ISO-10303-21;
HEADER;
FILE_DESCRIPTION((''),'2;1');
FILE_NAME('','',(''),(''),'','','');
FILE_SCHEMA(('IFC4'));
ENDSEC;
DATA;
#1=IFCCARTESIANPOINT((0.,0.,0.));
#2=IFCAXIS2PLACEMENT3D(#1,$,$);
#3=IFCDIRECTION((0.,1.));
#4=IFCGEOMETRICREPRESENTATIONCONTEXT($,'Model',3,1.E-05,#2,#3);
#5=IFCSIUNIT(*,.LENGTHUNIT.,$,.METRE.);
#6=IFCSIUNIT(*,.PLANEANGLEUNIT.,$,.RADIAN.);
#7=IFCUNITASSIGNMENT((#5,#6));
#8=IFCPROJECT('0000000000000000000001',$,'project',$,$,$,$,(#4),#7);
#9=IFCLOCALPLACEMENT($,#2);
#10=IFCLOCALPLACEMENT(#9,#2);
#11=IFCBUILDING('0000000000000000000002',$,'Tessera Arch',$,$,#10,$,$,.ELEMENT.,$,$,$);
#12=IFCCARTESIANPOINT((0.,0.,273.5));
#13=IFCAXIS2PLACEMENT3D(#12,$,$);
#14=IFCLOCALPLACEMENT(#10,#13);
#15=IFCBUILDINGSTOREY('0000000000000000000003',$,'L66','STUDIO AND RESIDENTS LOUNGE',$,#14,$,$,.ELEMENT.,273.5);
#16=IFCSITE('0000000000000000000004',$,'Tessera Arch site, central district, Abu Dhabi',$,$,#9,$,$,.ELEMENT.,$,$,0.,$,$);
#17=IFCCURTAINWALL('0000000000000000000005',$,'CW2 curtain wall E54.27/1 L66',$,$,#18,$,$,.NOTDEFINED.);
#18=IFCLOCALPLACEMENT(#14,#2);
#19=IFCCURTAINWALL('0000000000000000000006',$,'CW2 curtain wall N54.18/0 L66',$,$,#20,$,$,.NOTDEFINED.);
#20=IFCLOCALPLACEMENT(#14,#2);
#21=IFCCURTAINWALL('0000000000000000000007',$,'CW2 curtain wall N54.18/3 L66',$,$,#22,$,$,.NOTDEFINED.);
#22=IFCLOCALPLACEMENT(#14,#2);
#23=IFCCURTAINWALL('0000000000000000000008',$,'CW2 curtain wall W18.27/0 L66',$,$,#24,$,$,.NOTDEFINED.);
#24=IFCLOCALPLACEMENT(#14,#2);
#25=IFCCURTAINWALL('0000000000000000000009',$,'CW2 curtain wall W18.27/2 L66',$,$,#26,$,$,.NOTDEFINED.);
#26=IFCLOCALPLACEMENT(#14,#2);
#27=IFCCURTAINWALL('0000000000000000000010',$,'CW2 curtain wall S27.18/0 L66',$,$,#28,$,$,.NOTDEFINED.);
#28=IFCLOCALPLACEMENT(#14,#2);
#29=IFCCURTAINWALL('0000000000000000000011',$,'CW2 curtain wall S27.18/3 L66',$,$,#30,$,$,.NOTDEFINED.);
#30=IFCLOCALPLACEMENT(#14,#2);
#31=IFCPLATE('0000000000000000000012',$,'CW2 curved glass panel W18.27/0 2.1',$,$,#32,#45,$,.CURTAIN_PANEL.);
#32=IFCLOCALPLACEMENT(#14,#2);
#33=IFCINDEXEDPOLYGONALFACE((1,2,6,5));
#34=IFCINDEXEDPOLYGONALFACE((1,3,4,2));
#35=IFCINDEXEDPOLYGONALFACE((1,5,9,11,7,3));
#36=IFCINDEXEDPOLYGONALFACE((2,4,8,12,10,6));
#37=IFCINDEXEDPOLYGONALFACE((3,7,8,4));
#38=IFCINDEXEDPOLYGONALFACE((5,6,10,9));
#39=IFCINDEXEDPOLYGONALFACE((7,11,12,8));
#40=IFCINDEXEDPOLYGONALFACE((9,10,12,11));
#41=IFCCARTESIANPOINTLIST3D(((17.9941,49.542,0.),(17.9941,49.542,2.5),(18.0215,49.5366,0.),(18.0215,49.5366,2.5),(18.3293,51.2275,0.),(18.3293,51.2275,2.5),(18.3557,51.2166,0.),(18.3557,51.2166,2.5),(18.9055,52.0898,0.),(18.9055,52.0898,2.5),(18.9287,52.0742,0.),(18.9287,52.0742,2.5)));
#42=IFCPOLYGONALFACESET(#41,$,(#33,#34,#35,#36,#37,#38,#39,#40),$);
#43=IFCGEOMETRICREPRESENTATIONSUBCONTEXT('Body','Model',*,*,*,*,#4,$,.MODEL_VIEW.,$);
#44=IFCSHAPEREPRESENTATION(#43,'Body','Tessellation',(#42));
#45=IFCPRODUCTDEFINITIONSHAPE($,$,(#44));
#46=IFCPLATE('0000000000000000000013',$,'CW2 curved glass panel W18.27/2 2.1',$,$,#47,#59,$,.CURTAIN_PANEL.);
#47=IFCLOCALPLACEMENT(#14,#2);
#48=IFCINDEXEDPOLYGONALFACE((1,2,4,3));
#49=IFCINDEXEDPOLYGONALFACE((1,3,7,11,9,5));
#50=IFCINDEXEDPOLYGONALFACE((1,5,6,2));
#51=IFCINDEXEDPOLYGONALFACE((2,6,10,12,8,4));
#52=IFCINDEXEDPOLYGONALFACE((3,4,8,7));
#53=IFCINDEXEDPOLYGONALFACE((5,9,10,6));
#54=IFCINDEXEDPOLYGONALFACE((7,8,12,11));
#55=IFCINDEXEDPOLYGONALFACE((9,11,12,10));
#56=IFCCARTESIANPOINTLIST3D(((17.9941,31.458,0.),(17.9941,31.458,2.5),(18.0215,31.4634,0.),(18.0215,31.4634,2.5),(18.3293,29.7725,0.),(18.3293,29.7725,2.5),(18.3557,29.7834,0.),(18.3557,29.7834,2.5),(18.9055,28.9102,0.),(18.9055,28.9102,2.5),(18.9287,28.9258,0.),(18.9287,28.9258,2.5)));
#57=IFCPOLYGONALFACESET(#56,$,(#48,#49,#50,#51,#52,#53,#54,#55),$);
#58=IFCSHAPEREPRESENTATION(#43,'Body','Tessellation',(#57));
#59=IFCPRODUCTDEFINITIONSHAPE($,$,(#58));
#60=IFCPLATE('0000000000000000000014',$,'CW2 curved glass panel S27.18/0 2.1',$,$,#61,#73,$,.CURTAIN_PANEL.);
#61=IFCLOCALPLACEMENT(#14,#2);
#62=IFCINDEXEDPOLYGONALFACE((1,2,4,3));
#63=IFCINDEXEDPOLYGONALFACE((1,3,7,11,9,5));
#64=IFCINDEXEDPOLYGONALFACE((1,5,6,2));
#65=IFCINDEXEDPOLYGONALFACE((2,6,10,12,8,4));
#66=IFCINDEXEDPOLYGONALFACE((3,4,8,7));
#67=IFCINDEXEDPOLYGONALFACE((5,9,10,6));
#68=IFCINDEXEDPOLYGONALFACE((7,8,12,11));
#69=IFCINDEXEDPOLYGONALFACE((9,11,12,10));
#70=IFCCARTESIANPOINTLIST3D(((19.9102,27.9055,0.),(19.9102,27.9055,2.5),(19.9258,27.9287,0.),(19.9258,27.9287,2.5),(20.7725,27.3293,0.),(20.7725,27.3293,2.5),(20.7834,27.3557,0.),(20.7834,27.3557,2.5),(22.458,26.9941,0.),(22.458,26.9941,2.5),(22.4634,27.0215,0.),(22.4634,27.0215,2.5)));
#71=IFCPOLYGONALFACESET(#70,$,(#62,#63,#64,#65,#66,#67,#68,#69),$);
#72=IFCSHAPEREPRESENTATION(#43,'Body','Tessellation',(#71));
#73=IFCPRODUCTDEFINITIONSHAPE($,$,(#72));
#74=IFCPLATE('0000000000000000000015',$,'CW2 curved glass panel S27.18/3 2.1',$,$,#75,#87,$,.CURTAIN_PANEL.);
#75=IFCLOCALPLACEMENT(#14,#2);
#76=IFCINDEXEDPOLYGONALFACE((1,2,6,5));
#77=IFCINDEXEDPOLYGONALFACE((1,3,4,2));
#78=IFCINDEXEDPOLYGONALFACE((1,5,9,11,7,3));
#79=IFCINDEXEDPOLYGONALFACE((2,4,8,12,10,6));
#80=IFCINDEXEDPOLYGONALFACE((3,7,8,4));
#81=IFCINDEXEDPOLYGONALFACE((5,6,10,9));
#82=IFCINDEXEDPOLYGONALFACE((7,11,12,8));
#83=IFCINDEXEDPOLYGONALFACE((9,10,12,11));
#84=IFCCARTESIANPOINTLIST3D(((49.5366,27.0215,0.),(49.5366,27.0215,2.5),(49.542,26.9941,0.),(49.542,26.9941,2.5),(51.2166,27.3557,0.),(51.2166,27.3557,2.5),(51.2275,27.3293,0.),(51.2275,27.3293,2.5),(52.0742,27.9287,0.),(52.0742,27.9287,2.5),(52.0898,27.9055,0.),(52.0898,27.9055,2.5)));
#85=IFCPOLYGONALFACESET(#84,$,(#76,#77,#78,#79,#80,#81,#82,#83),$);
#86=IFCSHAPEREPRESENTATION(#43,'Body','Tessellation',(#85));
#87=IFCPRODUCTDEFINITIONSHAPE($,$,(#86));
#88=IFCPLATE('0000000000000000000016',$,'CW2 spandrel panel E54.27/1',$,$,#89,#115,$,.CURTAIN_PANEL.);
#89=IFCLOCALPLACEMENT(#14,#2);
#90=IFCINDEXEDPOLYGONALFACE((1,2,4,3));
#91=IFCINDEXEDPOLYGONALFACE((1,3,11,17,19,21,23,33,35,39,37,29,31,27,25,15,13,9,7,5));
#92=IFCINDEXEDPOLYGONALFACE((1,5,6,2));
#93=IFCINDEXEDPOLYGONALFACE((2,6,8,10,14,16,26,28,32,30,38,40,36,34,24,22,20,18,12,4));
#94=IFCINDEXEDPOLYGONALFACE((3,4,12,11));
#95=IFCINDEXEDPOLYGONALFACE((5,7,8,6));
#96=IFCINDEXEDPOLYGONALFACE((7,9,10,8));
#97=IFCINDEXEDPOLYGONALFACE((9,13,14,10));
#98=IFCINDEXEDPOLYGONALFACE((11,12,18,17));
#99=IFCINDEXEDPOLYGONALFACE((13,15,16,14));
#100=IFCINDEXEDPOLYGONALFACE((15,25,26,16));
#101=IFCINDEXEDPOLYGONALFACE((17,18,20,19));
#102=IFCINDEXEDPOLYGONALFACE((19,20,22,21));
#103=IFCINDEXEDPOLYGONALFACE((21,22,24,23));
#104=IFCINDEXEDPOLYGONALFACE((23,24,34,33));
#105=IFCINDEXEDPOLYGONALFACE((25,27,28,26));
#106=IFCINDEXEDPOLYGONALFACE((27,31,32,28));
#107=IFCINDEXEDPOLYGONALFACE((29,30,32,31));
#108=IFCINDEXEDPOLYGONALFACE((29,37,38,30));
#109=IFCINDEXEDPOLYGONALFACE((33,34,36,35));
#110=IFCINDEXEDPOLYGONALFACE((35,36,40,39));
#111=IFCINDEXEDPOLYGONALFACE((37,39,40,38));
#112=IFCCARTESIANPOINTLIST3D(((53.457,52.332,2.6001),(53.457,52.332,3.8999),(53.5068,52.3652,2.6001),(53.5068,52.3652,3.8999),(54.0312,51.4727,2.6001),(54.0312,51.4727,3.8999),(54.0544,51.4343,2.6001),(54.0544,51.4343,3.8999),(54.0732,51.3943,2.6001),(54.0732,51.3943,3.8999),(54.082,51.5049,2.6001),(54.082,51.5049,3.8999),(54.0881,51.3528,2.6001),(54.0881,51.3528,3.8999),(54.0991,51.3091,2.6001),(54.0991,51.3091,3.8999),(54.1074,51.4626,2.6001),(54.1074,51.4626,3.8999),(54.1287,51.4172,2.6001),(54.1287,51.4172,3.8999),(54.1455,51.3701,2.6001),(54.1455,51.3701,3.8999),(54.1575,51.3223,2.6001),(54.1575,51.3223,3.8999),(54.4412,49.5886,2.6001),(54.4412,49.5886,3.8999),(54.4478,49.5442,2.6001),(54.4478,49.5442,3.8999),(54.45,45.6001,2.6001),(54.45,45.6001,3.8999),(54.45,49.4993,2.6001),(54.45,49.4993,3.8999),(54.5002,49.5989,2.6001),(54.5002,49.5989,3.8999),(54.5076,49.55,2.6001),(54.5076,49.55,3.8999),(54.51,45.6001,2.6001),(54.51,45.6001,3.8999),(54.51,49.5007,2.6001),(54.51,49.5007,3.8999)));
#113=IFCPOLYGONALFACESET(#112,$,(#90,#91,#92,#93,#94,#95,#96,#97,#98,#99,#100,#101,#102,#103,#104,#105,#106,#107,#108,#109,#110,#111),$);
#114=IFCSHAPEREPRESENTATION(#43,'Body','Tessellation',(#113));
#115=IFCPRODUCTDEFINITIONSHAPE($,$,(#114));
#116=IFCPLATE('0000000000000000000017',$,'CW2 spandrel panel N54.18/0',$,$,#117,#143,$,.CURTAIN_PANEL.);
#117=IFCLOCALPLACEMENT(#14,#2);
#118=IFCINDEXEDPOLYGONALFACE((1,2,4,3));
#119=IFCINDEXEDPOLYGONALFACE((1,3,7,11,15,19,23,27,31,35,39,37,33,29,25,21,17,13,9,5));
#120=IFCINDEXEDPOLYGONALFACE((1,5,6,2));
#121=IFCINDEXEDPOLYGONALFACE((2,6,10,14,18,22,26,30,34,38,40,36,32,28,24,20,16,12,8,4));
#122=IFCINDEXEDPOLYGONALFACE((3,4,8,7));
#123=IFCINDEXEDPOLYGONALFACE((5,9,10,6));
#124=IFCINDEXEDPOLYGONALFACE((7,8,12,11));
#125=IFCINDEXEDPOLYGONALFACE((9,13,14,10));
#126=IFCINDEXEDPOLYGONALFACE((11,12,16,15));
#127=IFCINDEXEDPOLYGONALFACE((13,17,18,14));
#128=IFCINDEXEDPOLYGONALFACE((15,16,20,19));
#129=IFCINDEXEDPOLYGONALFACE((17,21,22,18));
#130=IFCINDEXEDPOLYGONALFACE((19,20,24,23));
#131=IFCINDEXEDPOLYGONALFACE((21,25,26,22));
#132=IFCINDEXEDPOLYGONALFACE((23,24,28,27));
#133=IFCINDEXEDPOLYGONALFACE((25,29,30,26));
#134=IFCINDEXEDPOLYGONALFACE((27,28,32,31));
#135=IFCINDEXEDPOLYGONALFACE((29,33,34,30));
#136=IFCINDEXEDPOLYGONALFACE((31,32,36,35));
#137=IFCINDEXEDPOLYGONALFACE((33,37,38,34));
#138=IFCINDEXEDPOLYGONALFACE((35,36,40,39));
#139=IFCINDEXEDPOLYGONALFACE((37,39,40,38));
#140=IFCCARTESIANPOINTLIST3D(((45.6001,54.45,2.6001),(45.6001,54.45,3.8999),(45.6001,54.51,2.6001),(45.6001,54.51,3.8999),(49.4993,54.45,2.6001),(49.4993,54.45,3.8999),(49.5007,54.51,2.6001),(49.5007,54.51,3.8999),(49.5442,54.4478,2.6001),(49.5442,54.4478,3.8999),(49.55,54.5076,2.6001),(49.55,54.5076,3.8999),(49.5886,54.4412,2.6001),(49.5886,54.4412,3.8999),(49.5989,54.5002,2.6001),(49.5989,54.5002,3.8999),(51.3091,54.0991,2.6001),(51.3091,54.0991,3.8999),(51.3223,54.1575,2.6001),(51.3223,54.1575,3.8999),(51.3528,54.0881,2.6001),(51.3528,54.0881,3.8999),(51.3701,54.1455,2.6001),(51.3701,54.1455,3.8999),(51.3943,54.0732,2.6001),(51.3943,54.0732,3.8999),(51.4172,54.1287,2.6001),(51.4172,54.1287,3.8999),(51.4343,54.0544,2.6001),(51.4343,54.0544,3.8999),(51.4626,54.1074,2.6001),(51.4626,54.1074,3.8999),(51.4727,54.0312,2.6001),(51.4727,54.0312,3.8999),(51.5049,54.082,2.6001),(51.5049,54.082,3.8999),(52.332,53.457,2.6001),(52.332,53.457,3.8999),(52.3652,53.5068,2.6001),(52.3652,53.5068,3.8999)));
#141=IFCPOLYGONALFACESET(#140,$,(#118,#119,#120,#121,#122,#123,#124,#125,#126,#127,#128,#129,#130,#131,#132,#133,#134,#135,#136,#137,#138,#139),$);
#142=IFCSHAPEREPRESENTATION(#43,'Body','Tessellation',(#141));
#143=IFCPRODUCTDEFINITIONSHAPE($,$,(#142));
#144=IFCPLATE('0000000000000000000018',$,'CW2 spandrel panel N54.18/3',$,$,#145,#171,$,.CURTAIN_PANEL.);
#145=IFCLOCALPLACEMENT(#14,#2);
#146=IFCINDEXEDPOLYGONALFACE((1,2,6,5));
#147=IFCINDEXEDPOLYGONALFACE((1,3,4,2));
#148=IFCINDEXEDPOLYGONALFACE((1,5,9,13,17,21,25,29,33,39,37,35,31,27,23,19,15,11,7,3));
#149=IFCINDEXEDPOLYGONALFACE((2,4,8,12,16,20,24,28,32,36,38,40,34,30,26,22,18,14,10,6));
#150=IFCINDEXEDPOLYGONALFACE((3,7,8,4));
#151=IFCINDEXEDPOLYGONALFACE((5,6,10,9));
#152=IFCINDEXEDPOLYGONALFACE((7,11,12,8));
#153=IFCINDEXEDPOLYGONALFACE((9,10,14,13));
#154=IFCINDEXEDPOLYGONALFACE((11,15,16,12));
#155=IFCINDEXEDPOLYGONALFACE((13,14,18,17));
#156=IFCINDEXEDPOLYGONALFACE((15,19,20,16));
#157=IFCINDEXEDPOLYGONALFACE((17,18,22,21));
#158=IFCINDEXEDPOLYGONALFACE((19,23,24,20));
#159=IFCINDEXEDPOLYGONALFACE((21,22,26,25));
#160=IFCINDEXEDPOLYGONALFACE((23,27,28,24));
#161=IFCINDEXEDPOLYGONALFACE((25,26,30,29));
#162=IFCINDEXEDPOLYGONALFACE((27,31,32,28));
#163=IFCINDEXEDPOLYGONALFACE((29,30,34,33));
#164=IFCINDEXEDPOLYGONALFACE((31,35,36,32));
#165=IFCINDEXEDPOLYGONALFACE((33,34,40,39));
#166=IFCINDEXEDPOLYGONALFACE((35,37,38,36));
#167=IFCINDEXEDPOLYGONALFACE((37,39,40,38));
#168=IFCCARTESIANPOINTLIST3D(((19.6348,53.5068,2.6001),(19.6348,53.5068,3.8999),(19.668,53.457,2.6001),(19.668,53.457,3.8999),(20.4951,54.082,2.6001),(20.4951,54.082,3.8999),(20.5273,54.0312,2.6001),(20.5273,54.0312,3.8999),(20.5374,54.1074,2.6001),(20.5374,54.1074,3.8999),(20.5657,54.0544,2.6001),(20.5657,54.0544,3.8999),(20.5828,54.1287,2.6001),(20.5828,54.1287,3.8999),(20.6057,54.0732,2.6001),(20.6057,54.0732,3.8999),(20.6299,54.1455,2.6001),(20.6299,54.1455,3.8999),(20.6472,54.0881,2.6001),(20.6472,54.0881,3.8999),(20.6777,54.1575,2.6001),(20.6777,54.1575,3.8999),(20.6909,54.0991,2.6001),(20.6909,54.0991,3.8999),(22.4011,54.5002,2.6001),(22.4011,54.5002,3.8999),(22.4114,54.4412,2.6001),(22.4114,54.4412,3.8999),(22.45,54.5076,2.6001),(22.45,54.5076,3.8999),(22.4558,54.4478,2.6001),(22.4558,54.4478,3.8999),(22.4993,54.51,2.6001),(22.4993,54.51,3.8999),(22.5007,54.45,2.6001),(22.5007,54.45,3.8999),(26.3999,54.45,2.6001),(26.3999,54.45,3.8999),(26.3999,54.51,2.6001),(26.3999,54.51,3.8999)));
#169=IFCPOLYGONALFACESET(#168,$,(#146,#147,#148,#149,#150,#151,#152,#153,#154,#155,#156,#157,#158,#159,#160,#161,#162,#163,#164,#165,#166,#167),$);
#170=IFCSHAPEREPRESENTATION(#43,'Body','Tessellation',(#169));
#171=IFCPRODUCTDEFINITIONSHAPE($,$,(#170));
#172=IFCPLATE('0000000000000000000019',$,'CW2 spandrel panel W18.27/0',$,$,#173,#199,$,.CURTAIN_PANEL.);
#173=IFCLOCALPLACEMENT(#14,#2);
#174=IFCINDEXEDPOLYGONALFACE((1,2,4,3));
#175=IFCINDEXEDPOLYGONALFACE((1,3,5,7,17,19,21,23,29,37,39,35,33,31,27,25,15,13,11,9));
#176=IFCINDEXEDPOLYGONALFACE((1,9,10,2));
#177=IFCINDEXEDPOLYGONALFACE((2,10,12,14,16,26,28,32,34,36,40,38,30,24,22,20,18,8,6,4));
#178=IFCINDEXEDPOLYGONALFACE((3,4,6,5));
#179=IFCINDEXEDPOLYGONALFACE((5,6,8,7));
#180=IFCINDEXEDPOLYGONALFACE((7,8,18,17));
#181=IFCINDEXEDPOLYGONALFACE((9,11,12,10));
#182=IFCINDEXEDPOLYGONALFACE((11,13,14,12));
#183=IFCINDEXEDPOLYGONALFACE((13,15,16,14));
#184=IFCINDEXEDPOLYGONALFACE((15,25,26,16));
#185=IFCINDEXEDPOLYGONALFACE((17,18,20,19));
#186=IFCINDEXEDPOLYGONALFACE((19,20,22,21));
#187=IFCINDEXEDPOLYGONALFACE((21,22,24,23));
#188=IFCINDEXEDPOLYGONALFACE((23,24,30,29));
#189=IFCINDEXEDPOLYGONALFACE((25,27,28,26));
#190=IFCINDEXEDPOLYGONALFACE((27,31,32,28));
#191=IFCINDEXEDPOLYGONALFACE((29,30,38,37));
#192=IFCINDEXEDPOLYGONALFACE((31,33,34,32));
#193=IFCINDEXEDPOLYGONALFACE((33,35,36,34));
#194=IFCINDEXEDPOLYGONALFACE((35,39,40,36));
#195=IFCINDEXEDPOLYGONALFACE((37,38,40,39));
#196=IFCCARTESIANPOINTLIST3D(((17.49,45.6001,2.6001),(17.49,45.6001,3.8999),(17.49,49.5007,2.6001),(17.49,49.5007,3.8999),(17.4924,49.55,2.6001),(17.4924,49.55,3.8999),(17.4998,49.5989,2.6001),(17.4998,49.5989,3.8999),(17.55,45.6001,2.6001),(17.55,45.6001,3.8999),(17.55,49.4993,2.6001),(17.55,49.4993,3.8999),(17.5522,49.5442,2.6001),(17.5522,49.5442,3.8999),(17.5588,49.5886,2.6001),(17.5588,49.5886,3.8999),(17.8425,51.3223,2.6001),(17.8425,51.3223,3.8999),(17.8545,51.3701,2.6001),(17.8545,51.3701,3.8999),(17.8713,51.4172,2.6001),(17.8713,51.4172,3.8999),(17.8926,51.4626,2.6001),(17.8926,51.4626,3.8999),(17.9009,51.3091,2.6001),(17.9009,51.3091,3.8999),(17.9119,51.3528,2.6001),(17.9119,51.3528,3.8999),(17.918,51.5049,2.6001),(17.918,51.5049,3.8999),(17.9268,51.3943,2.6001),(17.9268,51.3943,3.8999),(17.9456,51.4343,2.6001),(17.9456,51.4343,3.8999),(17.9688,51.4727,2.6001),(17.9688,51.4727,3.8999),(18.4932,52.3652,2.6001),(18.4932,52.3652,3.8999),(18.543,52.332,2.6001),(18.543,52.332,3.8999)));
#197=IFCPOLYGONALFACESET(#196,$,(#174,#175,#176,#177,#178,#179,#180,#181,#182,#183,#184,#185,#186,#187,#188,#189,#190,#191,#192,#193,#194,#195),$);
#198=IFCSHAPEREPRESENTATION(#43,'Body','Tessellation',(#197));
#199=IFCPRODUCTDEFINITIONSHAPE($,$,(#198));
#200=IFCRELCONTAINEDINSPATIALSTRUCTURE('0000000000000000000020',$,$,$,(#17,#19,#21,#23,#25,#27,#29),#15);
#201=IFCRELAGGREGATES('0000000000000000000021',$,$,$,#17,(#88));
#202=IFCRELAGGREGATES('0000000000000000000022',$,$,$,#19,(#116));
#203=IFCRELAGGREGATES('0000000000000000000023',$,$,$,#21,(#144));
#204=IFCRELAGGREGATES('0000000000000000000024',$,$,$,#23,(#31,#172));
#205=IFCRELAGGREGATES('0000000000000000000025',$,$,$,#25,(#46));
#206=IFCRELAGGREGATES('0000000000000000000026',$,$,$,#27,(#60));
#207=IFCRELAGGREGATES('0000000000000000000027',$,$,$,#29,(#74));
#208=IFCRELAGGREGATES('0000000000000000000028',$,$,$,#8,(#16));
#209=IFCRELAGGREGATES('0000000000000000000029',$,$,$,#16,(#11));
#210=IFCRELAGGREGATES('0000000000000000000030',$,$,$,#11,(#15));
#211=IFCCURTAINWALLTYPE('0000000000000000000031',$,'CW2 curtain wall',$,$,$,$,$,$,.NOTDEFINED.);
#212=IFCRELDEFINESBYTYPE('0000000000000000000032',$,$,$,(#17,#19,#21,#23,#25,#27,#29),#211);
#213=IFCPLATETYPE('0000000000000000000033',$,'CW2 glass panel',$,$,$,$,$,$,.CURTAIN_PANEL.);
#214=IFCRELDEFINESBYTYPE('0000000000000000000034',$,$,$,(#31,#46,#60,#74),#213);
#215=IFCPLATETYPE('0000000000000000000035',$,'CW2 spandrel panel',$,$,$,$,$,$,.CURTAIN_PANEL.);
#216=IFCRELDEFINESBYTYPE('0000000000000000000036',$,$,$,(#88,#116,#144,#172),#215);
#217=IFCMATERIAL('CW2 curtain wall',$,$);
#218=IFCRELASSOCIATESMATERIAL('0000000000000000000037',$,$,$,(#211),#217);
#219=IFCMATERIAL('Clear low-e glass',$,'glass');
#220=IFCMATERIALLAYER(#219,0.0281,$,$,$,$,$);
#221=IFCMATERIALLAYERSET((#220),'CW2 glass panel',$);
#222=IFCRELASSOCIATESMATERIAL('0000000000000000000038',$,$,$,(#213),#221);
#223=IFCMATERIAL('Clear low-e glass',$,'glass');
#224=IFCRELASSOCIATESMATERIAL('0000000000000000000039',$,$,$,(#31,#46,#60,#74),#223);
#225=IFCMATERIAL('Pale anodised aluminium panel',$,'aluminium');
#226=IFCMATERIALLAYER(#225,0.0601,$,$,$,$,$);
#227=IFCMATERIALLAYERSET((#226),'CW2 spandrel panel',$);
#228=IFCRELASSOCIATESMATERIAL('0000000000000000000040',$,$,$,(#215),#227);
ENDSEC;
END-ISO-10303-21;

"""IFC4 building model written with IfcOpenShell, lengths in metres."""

from ifc_helpers import new_model, si_unit, direction, frame, origin, place, context, subcontext, project, spatial, polyline, outline, extrude, material, layer, layer_set, type_object, element, aggregate, save


model = new_model("IFC4")

# Units and contexts
model_context = context("Model", 3, precision=1e-05, world=origin(), true_north=direction((0.0, 1.0)))
body_context = subcontext(model_context, "Body", "Model", "MODEL_VIEW")
ifc_project = project(units=[si_unit("LENGTHUNIT", "METRE"), si_unit("PLANEANGLEUNIT", "RADIAN")], contexts=[model_context])

# Site, building, storey
site_placement = place(None, origin())
site = spatial("IfcSite", under=ifc_project, at=site_placement, Name="Tessera Arch site, central district, Abu Dhabi", CompositionType="ELEMENT", RefElevation=0.0)
building_placement = place(site_placement, origin())
building = spatial("IfcBuilding", under=site, at=building_placement, Name="Tessera Arch", CompositionType="ELEMENT")
storey_placement = place(building_placement, frame((0.0, 0.0, 273.5)))
storey = spatial("IfcBuildingStorey", under=building, at=storey_placement, Name="L66", Description="STUDIO AND RESIDENTS LOUNGE", CompositionType="ELEMENT", Elevation=273.5)

# Curtain walls
ifc_material_1 = material(Name="CW2 curtain wall")
curtain_wall_type = type_object("IfcCurtainWallType", Name="CW2 curtain wall", PredefinedType="NOTDEFINED", material=ifc_material_1)
curtain_wall_1_placement = place(storey_placement, origin())
curtain_wall_1 = element("IfcCurtainWall", 1, at=curtain_wall_1_placement, inside=storey, type_object=curtain_wall_type, Name="CW2 curtain wall E54.27/1 L66", PredefinedType="NOTDEFINED")
curtain_wall_2_placement = place(storey_placement, origin())
curtain_wall_2 = element("IfcCurtainWall", 2, at=curtain_wall_2_placement, inside=storey, type_object=curtain_wall_type, Name="CW2 curtain wall N54.18/0 L66", PredefinedType="NOTDEFINED")
curtain_wall_3_placement = place(storey_placement, origin())
curtain_wall_3 = element("IfcCurtainWall", 3, at=curtain_wall_3_placement, inside=storey, type_object=curtain_wall_type, Name="CW2 curtain wall N54.18/3 L66", PredefinedType="NOTDEFINED")
curtain_wall_4_placement = place(storey_placement, origin())
curtain_wall_4 = element("IfcCurtainWall", 4, at=curtain_wall_4_placement, inside=storey, type_object=curtain_wall_type, Name="CW2 curtain wall W18.27/0 L66", PredefinedType="NOTDEFINED")
curtain_wall_5_placement = place(storey_placement, origin())
curtain_wall_5 = element("IfcCurtainWall", 5, at=curtain_wall_5_placement, inside=storey, type_object=curtain_wall_type, Name="CW2 curtain wall W18.27/2 L66", PredefinedType="NOTDEFINED")
curtain_wall_6_placement = place(storey_placement, origin())
curtain_wall_6 = element("IfcCurtainWall", 6, at=curtain_wall_6_placement, inside=storey, type_object=curtain_wall_type, Name="CW2 curtain wall S27.18/0 L66", PredefinedType="NOTDEFINED")
curtain_wall_7_placement = place(storey_placement, origin())
curtain_wall_7 = element("IfcCurtainWall", 7, at=curtain_wall_7_placement, inside=storey, type_object=curtain_wall_type, Name="CW2 curtain wall S27.18/3 L66", PredefinedType="NOTDEFINED")

# Plates
ifc_material_2 = material(Name="Clear low-e glass", Category="glass")
ifc_material_3 = material(Name="Clear low-e glass", Category="glass")
ifc_layer_1 = layer(ifc_material_3, 0.0281)
ifc_layer_set_1 = layer_set([ifc_layer_1], Name="CW2 glass panel")
plate_type_1 = type_object("IfcPlateType", Name="CW2 glass panel", PredefinedType="CURTAIN_PANEL", material=ifc_layer_set_1)
plate_1_placement = place(storey_placement, origin())
plate_1 = element("IfcPlate", 8, at=plate_1_placement, type_object=plate_type_1, material=ifc_material_2, Name="CW2 curved glass panel W18.27/0 2.1", PredefinedType="CURTAIN_PANEL", context=body_context, shape_type="SweptSolid", body=[
    extrude(outline(polyline([(18.3557, 51.2166), (18.9287, 52.0742), (18.9055, 52.0898), (18.3293, 51.2275), (17.9941, 49.542), (18.0215, 49.5366), (18.3557, 51.2166)])), origin(), (0.0, 0.0, 1.0), 2.5),
])
plate_2_placement = place(storey_placement, origin())
plate_2 = element("IfcPlate", 9, at=plate_2_placement, type_object=plate_type_1, material=ifc_material_2, Name="CW2 curved glass panel W18.27/2 2.1", PredefinedType="CURTAIN_PANEL", context=body_context, shape_type="SweptSolid", body=[
    extrude(outline(polyline([(18.3557, 29.7834), (18.0215, 31.4634), (17.9941, 31.458), (18.3293, 29.7725), (18.9055, 28.9102), (18.9287, 28.9258), (18.3557, 29.7834)])), origin(), (0.0, 0.0, 1.0), 2.5),
])
plate_3_placement = place(storey_placement, origin())
plate_3 = element("IfcPlate", 10, at=plate_3_placement, type_object=plate_type_1, material=ifc_material_2, Name="CW2 curved glass panel S27.18/0 2.1", PredefinedType="CURTAIN_PANEL", context=body_context, shape_type="SweptSolid", body=[
    extrude(outline(polyline([(20.7834, 27.3557), (19.9258, 27.9287), (19.9102, 27.9055), (20.7725, 27.3293), (22.458, 26.9941), (22.4634, 27.0215), (20.7834, 27.3557)])), origin(), (0.0, 0.0, 1.0), 2.5),
])
plate_4_placement = place(storey_placement, origin())
plate_4 = element("IfcPlate", 11, at=plate_4_placement, type_object=plate_type_1, material=ifc_material_2, Name="CW2 curved glass panel S27.18/3 2.1", PredefinedType="CURTAIN_PANEL", context=body_context, shape_type="SweptSolid", body=[
    extrude(outline(polyline([(51.2166, 27.3557), (49.5366, 27.0215), (49.542, 26.9941), (51.2275, 27.3293), (52.0898, 27.9055), (52.0742, 27.9287), (51.2166, 27.3557)])), origin(), (0.0, 0.0, 1.0), 2.5),
])
ifc_material_4 = material(Name="Pale anodised aluminium panel", Category="aluminium")
ifc_layer_2 = layer(ifc_material_4, 0.0601)
ifc_layer_set_2 = layer_set([ifc_layer_2], Name="CW2 spandrel panel")
plate_type_2 = type_object("IfcPlateType", Name="CW2 spandrel panel", PredefinedType="CURTAIN_PANEL", material=ifc_layer_set_2)
plate_5_placement = place(storey_placement, frame((0.0, 0.0, 2.6001)))
plate_5 = element("IfcPlate", 12, at=plate_5_placement, type_object=plate_type_2, Name="CW2 spandrel panel E54.27/1", PredefinedType="CURTAIN_PANEL", context=body_context, shape_type="SweptSolid", body=[
    extrude(outline(polyline([(54.45, 49.4993), (54.45, 45.6001), (54.51, 45.6001), (54.51, 49.5007), (54.5076, 49.55), (54.5002, 49.5989), (54.1575, 51.3223), (54.1455, 51.3701), (54.1287, 51.4172), (54.1074, 51.4626), (54.082, 51.5049), (53.5068, 52.3652), (53.457, 52.332), (54.0312, 51.4727), (54.0544, 51.4343), (54.0732, 51.3943), (54.0881, 51.3528), (54.0991, 51.3091), (54.4412, 49.5886), (54.4478, 49.5442), (54.45, 49.4993)])), origin(), (0.0, 0.0, 1.0), 1.2998),
])
aggregate(curtain_wall_1, [plate_5])
plate_6_placement = place(storey_placement, frame((0.0, 0.0, 2.6001)))
plate_6 = element("IfcPlate", 13, at=plate_6_placement, type_object=plate_type_2, Name="CW2 spandrel panel N54.18/0", PredefinedType="CURTAIN_PANEL", context=body_context, shape_type="SweptSolid", body=[
    extrude(outline(polyline([(51.4727, 54.0312), (52.332, 53.457), (52.3652, 53.5068), (51.5049, 54.082), (51.4626, 54.1074), (51.4172, 54.1287), (51.3701, 54.1455), (51.3223, 54.1575), (49.5989, 54.5002), (49.55, 54.5076), (49.5007, 54.51), (45.6001, 54.51), (45.6001, 54.45), (49.4993, 54.45), (49.5442, 54.4478), (49.5886, 54.4412), (51.3091, 54.0991), (51.3528, 54.0881), (51.3943, 54.0732), (51.4343, 54.0544), (51.4727, 54.0312)])), origin(), (0.0, 0.0, 1.0), 1.2998),
])
aggregate(curtain_wall_2, [plate_6])
plate_7_placement = place(storey_placement, frame((0.0, 0.0, 2.6001)))
plate_7 = element("IfcPlate", 14, at=plate_7_placement, type_object=plate_type_2, Name="CW2 spandrel panel N54.18/3", PredefinedType="CURTAIN_PANEL", context=body_context, shape_type="SweptSolid", body=[
    extrude(outline(polyline([(22.5007, 54.45), (26.3999, 54.45), (26.3999, 54.51), (22.4993, 54.51), (22.45, 54.5076), (22.4011, 54.5002), (20.6777, 54.1575), (20.6299, 54.1455), (20.5828, 54.1287), (20.5374, 54.1074), (20.4951, 54.082), (19.6348, 53.5068), (19.668, 53.457), (20.5273, 54.0312), (20.5657, 54.0544), (20.6057, 54.0732), (20.6472, 54.0881), (20.6909, 54.0991), (22.4114, 54.4412), (22.4558, 54.4478), (22.5007, 54.45)])), origin(), (0.0, 0.0, 1.0), 1.2998),
])
aggregate(curtain_wall_3, [plate_7])
plate_8_placement = place(storey_placement, frame((0.0, 0.0, 2.6001)))
plate_8 = element("IfcPlate", 15, at=plate_8_placement, type_object=plate_type_2, Name="CW2 spandrel panel W18.27/0", PredefinedType="CURTAIN_PANEL", context=body_context, shape_type="SweptSolid", body=[
    extrude(outline(polyline([(17.9688, 51.4727), (18.543, 52.332), (18.4932, 52.3652), (17.918, 51.5049), (17.8926, 51.4626), (17.8713, 51.4172), (17.8545, 51.3701), (17.8425, 51.3223), (17.4998, 49.5989), (17.4924, 49.55), (17.49, 49.5007), (17.49, 45.6001), (17.55, 45.6001), (17.55, 49.4993), (17.5522, 49.5442), (17.5588, 49.5886), (17.9009, 51.3091), (17.9119, 51.3528), (17.9268, 51.3943), (17.9456, 51.4343), (17.9688, 51.4727)])), origin(), (0.0, 0.0, 1.0), 1.2998),
])
aggregate(curtain_wall_4, [plate_1, plate_8])
aggregate(curtain_wall_5, [plate_2])
aggregate(curtain_wall_6, [plate_3])
aggregate(curtain_wall_7, [plate_4])

save(model, "model.ifc")
